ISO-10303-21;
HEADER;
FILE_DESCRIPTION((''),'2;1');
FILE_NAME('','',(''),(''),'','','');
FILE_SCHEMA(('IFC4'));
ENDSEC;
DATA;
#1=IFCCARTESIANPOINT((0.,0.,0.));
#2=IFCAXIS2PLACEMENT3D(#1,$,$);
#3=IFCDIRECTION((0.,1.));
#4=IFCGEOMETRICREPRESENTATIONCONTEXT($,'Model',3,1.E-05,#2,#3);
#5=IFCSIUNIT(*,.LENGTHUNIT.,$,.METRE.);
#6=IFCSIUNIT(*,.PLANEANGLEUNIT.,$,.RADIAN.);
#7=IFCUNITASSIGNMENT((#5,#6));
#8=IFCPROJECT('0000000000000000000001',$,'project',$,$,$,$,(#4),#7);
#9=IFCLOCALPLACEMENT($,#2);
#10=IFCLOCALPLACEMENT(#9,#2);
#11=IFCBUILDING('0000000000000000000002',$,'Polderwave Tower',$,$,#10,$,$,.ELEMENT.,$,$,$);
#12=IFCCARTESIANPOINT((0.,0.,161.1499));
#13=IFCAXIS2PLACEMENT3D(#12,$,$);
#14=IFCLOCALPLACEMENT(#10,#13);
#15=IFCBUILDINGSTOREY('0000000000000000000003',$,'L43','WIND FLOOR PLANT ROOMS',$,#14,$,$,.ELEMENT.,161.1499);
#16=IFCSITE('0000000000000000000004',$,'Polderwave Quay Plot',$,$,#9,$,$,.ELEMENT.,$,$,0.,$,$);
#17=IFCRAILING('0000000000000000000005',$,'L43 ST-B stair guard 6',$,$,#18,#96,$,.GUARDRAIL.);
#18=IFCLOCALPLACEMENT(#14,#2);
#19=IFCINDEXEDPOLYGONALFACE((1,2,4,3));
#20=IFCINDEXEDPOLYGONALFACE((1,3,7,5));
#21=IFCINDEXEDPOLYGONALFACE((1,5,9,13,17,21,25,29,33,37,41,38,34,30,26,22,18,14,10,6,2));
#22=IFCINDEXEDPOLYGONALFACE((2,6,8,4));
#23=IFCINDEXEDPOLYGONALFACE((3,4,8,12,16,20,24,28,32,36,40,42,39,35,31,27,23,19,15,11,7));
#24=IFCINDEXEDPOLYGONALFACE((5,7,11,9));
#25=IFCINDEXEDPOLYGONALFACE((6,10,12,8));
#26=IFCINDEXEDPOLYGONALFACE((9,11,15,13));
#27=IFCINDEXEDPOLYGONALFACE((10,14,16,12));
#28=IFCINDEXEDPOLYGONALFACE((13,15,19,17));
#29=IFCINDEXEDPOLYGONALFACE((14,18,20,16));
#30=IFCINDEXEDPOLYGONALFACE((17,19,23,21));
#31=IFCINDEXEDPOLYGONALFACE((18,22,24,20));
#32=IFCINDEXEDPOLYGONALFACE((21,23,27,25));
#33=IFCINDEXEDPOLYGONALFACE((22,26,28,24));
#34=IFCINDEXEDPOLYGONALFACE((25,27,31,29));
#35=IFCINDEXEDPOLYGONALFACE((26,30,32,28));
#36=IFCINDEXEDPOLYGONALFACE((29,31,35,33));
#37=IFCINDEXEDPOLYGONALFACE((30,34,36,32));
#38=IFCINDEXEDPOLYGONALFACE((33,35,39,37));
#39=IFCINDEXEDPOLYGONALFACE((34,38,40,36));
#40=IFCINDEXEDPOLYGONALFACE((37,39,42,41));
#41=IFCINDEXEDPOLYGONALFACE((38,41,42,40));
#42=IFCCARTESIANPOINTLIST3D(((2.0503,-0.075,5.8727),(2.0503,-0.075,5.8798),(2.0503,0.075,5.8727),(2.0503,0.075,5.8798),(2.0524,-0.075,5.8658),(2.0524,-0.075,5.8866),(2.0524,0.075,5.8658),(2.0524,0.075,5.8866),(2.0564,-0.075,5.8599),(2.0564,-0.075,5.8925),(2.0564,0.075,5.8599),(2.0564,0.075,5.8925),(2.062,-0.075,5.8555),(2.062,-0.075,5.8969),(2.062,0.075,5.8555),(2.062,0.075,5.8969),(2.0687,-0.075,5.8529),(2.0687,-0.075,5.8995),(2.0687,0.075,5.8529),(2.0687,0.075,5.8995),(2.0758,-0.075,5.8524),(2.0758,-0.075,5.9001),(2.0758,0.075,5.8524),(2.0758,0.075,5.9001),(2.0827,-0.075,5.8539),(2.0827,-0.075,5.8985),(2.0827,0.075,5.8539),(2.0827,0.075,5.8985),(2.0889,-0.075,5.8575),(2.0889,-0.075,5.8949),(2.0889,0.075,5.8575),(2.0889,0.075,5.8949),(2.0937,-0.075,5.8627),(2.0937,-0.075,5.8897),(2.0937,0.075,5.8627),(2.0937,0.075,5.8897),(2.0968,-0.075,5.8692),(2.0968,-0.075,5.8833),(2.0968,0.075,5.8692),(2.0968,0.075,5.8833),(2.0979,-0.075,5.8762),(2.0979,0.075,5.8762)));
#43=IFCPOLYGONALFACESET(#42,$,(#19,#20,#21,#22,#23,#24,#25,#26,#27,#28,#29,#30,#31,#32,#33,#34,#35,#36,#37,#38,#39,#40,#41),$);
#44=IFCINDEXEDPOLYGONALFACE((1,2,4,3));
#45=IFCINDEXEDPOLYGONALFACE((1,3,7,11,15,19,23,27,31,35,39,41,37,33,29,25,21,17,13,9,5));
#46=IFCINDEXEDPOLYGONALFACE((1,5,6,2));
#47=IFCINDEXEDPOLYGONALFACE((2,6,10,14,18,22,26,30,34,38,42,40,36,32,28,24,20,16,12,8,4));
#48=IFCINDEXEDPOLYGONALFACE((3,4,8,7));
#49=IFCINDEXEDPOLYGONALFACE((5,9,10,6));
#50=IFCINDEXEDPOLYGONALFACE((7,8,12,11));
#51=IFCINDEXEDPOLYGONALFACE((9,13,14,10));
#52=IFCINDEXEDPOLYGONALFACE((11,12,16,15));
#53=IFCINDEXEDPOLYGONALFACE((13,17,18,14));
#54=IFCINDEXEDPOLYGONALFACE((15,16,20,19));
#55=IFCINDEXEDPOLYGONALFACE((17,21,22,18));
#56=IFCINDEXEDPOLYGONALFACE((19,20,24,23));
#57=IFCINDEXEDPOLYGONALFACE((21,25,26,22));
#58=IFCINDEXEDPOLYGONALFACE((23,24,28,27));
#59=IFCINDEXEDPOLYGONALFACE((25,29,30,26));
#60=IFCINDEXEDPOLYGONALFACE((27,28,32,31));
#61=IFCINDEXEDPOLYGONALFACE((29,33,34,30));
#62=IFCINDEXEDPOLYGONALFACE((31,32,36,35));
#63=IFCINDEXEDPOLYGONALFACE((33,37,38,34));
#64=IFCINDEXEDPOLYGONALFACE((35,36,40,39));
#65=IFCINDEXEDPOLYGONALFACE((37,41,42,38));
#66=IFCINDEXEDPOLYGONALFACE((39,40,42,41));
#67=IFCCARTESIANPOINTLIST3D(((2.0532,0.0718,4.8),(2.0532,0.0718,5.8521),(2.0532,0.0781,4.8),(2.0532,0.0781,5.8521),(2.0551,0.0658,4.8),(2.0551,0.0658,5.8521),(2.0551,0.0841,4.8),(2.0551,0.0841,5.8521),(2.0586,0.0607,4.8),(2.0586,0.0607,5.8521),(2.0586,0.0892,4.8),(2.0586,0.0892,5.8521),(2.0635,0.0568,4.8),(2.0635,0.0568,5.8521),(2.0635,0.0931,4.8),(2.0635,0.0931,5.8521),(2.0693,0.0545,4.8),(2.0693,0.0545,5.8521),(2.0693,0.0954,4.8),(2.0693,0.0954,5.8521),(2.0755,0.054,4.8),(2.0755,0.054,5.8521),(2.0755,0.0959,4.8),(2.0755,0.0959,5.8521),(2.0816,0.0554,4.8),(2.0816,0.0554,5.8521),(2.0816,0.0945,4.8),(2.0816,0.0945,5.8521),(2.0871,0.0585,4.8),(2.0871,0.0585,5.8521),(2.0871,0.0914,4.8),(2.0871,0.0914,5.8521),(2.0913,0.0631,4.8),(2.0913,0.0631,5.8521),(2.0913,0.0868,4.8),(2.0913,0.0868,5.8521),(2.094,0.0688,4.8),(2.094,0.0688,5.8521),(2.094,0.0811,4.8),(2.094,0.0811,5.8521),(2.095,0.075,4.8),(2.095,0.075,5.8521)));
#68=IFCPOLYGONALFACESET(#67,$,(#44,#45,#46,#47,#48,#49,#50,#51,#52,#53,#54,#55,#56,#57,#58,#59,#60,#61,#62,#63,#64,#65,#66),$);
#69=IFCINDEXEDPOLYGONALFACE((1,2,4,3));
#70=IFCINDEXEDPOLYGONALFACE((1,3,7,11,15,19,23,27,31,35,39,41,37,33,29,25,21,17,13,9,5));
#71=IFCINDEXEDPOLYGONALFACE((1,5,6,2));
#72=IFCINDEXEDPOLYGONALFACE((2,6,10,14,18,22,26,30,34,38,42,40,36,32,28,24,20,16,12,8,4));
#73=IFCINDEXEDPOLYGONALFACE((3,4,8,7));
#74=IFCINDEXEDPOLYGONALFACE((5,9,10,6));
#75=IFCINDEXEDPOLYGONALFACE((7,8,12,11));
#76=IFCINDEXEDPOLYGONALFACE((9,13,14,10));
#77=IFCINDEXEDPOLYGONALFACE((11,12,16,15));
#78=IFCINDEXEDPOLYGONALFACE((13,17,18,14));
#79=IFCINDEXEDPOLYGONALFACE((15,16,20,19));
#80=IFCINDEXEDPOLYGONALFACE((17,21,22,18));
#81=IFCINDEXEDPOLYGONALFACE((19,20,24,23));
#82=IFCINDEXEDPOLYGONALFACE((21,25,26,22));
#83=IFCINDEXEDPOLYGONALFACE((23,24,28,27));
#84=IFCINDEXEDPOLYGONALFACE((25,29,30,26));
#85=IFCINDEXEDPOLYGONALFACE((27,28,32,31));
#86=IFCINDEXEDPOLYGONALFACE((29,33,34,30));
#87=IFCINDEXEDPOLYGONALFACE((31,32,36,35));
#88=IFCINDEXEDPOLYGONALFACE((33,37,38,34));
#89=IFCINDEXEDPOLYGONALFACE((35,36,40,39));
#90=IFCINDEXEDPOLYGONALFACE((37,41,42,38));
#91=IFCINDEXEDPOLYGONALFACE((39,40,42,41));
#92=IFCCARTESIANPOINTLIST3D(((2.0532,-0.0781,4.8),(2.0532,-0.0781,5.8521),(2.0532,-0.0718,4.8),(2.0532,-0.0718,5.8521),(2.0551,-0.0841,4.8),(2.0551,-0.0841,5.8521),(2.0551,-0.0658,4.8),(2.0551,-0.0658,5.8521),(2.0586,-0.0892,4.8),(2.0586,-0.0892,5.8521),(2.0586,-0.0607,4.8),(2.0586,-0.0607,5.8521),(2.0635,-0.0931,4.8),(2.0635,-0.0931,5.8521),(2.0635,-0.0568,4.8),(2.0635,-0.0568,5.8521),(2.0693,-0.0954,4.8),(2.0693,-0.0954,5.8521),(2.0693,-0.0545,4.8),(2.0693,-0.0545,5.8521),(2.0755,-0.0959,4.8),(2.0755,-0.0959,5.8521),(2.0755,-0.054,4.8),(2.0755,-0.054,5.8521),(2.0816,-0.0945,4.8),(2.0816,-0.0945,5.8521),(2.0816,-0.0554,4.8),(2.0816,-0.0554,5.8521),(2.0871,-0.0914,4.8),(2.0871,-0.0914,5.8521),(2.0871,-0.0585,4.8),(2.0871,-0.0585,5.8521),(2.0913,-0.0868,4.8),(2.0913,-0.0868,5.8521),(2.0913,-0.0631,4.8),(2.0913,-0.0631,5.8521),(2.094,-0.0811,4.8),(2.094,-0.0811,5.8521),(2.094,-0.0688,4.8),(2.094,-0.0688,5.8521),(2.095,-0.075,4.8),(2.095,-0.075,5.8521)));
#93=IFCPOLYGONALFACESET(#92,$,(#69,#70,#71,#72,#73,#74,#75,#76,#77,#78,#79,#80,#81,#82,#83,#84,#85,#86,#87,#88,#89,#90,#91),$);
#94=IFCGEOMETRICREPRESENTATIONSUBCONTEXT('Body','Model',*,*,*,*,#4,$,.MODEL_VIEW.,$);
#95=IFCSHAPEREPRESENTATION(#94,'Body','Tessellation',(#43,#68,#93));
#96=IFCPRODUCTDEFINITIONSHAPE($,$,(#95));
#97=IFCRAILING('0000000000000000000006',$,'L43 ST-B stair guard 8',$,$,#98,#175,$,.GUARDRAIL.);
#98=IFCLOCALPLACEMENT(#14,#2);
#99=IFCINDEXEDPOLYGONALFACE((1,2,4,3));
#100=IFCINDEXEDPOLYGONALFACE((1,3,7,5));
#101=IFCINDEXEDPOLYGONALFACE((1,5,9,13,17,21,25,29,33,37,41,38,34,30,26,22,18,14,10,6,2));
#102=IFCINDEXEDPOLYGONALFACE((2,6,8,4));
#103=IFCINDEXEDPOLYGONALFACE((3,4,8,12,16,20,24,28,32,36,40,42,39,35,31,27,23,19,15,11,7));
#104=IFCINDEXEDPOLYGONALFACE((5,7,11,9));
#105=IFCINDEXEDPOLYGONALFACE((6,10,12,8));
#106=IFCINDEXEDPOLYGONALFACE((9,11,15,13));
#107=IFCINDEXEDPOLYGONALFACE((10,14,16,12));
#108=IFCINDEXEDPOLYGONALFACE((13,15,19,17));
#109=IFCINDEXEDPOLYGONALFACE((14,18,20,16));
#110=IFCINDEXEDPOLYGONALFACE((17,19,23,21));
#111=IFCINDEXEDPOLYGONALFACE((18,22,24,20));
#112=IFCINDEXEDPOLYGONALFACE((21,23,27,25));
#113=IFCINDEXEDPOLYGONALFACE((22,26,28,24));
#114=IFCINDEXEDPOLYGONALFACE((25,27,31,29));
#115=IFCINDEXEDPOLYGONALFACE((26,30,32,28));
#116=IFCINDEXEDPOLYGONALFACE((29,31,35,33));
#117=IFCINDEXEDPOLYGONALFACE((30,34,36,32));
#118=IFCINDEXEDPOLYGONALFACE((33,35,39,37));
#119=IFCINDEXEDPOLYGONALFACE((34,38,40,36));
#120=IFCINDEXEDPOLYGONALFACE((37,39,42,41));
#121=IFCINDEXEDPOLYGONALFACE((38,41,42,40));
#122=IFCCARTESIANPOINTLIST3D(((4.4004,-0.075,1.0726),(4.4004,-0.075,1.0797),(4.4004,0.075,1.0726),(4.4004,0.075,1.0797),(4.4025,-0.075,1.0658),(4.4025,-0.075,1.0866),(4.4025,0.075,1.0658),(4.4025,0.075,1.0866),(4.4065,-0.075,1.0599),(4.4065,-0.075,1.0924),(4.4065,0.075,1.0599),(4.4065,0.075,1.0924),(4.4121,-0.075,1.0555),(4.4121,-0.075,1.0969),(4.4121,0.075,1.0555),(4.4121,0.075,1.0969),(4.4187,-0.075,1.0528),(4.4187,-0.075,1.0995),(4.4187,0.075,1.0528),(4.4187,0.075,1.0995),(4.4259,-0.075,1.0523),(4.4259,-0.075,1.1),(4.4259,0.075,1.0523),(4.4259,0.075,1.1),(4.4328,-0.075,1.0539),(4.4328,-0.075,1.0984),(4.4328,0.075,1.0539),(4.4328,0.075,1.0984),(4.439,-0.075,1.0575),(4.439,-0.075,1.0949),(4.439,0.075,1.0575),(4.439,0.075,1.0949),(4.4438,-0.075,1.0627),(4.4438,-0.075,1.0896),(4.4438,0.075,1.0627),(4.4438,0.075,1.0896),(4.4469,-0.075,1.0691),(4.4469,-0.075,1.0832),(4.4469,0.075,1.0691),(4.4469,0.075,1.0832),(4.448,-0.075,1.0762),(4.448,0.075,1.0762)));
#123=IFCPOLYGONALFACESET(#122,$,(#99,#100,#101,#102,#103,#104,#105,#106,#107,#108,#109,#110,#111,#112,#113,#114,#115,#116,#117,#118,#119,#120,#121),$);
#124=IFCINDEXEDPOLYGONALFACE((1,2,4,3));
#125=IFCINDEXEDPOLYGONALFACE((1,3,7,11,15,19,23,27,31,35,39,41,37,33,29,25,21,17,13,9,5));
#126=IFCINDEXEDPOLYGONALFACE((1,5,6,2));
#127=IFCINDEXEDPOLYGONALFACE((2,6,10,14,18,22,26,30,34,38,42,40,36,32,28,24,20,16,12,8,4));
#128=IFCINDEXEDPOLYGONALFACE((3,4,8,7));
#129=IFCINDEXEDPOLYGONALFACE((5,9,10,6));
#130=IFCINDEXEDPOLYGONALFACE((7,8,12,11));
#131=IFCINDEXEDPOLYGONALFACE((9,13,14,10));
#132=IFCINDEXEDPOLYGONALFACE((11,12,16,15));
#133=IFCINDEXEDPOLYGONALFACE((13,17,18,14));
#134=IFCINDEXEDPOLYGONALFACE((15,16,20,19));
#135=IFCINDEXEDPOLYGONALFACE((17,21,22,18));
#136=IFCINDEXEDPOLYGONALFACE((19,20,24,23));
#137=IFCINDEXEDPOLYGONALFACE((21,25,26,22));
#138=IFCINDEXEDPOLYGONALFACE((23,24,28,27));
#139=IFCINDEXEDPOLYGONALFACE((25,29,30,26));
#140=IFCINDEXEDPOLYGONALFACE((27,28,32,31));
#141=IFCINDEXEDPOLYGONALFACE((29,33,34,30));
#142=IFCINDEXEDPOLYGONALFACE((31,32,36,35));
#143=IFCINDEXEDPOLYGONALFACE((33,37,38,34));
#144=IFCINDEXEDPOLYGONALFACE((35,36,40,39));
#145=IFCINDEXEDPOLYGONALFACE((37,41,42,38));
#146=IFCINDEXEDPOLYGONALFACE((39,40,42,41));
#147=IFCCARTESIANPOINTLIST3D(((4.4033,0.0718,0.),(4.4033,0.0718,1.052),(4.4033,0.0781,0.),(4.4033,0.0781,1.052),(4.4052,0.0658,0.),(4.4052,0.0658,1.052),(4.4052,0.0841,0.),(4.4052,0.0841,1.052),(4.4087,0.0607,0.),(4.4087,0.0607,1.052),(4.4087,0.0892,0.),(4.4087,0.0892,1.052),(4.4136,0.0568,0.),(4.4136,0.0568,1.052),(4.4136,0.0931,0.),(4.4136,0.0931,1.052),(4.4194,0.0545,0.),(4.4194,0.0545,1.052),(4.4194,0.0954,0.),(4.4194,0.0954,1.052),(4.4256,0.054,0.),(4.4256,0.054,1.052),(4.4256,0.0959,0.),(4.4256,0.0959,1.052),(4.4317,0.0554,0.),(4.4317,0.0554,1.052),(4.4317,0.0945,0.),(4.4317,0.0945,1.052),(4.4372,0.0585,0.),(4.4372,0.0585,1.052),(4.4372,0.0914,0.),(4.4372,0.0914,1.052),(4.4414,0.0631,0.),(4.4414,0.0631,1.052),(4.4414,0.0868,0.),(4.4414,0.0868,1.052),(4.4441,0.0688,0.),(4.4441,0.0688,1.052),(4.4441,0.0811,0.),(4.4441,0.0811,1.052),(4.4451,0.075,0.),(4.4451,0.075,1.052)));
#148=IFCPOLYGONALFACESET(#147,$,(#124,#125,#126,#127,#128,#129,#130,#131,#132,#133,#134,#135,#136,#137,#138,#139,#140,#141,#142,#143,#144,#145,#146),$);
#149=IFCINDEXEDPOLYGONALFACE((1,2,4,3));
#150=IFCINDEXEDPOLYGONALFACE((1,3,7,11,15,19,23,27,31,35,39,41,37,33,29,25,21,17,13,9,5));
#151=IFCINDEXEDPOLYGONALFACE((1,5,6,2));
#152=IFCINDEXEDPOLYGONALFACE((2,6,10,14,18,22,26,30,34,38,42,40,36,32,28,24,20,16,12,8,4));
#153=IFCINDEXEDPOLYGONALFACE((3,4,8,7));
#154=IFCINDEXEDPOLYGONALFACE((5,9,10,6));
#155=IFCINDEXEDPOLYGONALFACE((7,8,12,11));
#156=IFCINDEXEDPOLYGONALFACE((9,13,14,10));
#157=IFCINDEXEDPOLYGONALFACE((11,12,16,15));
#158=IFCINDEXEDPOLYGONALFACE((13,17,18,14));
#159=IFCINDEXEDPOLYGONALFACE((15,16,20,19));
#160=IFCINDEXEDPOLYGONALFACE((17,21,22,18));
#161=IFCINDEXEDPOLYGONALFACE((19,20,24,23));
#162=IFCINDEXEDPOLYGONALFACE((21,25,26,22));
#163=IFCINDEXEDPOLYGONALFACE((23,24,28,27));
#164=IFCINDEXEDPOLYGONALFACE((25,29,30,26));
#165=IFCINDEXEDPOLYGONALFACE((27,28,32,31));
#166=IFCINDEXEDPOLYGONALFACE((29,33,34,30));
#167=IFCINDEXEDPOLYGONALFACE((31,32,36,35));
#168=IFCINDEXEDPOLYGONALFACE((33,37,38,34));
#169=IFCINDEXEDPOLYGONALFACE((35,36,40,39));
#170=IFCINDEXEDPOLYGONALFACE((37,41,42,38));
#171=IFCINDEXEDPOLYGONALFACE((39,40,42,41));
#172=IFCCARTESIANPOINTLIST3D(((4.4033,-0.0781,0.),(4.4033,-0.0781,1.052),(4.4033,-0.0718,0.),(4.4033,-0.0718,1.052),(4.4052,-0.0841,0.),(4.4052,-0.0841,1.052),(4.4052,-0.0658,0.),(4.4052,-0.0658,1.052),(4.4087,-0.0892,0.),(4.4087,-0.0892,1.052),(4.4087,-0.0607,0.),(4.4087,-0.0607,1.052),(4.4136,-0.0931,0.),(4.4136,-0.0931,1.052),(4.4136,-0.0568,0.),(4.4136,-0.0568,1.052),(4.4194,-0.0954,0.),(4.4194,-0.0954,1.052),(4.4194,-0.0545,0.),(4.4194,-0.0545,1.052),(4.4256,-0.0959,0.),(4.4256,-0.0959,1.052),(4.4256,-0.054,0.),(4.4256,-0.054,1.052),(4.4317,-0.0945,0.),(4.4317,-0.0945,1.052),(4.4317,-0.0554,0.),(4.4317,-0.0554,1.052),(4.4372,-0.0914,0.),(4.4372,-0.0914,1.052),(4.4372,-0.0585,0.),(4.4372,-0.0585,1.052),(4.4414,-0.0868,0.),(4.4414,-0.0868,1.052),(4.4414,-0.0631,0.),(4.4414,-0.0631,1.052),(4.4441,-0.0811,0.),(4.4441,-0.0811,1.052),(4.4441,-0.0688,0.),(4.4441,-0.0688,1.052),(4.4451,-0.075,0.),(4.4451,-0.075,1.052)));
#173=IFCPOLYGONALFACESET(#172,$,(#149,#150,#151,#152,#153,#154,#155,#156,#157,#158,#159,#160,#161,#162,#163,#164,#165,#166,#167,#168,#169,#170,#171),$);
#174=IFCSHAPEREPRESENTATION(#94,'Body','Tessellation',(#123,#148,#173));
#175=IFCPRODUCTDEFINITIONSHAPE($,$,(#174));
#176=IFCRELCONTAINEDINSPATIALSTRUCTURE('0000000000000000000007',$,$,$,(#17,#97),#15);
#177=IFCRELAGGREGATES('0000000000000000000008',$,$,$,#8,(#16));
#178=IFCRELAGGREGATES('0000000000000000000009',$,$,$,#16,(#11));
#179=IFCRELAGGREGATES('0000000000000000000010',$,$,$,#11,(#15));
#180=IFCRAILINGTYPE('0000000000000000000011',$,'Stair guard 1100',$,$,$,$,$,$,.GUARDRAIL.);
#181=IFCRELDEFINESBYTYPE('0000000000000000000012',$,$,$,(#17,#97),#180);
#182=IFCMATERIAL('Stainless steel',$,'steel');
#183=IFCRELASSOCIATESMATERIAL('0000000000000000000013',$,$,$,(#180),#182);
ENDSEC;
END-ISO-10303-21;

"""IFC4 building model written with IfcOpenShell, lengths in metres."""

from ifc_helpers import new_model, si_unit, direction, frame, origin, origin_2d, place, context, subcontext, project, spatial, circle, extrude, material, type_object, element, save


model = new_model("IFC4")

# Units and contexts
model_context = context("Model", 3, precision=1e-05, world=origin(), true_north=direction((0.0, 1.0)))
body_context = subcontext(model_context, "Body", "Model", "MODEL_VIEW")
ifc_project = project(units=[si_unit("LENGTHUNIT", "METRE"), si_unit("PLANEANGLEUNIT", "RADIAN")], contexts=[model_context])

# Site, building, storey
site_placement = place(None, origin())
site = spatial("IfcSite", under=ifc_project, at=site_placement, Name="Polderwave Quay Plot", CompositionType="ELEMENT", RefElevation=0.0)
building_placement = place(site_placement, origin())
building = spatial("IfcBuilding", under=site, at=building_placement, Name="Polderwave Tower", CompositionType="ELEMENT")
storey_placement = place(building_placement, frame((0.0, 0.0, 161.1499)))
storey = spatial("IfcBuildingStorey", under=building, at=storey_placement, Name="L43", Description="WIND FLOOR PLANT ROOMS", CompositionType="ELEMENT", Elevation=161.1499)

# Railings
ifc_material_1 = material(Name="Stainless steel", Category="steel")
railing_type_1 = type_object("IfcRailingType", Name="Stair guard 1100", PredefinedType="GUARDRAIL", material=ifc_material_1)
for number, where, name in (
    (1, (2.074, 0.075, 4.8), "L43 ST-B stair guard 6"),
    (2, (4.4241, 0.075, 0.0), "L43 ST-B stair guard 8"),
):
    element("IfcRailing", number, at=place(storey_placement, frame(where)), inside=storey, type_object=railing_type_1, Name=name, PredefinedType="GUARDRAIL", context=body_context, shape_type="SweptSolid", body=[
        extrude(circle(Radius=0.0239, at=origin_2d()), frame((0.0, 0.0, 1.0762), z_axis=(0.0, -1.0, 0.0), x_axis=(1.0, 0.0, 0.0)), (0.0, 0.0, 1.0), 0.1499),
        extrude(circle(Radius=0.021, at=origin_2d()), origin(), (0.0, 0.0, 1.0), 1.052),
        extrude(circle(Radius=0.021, at=origin_2d()), frame((0.0, -0.1499, 0.0)), (0.0, 0.0, 1.0), 1.052),
    ])

save(model, "model.ifc")
